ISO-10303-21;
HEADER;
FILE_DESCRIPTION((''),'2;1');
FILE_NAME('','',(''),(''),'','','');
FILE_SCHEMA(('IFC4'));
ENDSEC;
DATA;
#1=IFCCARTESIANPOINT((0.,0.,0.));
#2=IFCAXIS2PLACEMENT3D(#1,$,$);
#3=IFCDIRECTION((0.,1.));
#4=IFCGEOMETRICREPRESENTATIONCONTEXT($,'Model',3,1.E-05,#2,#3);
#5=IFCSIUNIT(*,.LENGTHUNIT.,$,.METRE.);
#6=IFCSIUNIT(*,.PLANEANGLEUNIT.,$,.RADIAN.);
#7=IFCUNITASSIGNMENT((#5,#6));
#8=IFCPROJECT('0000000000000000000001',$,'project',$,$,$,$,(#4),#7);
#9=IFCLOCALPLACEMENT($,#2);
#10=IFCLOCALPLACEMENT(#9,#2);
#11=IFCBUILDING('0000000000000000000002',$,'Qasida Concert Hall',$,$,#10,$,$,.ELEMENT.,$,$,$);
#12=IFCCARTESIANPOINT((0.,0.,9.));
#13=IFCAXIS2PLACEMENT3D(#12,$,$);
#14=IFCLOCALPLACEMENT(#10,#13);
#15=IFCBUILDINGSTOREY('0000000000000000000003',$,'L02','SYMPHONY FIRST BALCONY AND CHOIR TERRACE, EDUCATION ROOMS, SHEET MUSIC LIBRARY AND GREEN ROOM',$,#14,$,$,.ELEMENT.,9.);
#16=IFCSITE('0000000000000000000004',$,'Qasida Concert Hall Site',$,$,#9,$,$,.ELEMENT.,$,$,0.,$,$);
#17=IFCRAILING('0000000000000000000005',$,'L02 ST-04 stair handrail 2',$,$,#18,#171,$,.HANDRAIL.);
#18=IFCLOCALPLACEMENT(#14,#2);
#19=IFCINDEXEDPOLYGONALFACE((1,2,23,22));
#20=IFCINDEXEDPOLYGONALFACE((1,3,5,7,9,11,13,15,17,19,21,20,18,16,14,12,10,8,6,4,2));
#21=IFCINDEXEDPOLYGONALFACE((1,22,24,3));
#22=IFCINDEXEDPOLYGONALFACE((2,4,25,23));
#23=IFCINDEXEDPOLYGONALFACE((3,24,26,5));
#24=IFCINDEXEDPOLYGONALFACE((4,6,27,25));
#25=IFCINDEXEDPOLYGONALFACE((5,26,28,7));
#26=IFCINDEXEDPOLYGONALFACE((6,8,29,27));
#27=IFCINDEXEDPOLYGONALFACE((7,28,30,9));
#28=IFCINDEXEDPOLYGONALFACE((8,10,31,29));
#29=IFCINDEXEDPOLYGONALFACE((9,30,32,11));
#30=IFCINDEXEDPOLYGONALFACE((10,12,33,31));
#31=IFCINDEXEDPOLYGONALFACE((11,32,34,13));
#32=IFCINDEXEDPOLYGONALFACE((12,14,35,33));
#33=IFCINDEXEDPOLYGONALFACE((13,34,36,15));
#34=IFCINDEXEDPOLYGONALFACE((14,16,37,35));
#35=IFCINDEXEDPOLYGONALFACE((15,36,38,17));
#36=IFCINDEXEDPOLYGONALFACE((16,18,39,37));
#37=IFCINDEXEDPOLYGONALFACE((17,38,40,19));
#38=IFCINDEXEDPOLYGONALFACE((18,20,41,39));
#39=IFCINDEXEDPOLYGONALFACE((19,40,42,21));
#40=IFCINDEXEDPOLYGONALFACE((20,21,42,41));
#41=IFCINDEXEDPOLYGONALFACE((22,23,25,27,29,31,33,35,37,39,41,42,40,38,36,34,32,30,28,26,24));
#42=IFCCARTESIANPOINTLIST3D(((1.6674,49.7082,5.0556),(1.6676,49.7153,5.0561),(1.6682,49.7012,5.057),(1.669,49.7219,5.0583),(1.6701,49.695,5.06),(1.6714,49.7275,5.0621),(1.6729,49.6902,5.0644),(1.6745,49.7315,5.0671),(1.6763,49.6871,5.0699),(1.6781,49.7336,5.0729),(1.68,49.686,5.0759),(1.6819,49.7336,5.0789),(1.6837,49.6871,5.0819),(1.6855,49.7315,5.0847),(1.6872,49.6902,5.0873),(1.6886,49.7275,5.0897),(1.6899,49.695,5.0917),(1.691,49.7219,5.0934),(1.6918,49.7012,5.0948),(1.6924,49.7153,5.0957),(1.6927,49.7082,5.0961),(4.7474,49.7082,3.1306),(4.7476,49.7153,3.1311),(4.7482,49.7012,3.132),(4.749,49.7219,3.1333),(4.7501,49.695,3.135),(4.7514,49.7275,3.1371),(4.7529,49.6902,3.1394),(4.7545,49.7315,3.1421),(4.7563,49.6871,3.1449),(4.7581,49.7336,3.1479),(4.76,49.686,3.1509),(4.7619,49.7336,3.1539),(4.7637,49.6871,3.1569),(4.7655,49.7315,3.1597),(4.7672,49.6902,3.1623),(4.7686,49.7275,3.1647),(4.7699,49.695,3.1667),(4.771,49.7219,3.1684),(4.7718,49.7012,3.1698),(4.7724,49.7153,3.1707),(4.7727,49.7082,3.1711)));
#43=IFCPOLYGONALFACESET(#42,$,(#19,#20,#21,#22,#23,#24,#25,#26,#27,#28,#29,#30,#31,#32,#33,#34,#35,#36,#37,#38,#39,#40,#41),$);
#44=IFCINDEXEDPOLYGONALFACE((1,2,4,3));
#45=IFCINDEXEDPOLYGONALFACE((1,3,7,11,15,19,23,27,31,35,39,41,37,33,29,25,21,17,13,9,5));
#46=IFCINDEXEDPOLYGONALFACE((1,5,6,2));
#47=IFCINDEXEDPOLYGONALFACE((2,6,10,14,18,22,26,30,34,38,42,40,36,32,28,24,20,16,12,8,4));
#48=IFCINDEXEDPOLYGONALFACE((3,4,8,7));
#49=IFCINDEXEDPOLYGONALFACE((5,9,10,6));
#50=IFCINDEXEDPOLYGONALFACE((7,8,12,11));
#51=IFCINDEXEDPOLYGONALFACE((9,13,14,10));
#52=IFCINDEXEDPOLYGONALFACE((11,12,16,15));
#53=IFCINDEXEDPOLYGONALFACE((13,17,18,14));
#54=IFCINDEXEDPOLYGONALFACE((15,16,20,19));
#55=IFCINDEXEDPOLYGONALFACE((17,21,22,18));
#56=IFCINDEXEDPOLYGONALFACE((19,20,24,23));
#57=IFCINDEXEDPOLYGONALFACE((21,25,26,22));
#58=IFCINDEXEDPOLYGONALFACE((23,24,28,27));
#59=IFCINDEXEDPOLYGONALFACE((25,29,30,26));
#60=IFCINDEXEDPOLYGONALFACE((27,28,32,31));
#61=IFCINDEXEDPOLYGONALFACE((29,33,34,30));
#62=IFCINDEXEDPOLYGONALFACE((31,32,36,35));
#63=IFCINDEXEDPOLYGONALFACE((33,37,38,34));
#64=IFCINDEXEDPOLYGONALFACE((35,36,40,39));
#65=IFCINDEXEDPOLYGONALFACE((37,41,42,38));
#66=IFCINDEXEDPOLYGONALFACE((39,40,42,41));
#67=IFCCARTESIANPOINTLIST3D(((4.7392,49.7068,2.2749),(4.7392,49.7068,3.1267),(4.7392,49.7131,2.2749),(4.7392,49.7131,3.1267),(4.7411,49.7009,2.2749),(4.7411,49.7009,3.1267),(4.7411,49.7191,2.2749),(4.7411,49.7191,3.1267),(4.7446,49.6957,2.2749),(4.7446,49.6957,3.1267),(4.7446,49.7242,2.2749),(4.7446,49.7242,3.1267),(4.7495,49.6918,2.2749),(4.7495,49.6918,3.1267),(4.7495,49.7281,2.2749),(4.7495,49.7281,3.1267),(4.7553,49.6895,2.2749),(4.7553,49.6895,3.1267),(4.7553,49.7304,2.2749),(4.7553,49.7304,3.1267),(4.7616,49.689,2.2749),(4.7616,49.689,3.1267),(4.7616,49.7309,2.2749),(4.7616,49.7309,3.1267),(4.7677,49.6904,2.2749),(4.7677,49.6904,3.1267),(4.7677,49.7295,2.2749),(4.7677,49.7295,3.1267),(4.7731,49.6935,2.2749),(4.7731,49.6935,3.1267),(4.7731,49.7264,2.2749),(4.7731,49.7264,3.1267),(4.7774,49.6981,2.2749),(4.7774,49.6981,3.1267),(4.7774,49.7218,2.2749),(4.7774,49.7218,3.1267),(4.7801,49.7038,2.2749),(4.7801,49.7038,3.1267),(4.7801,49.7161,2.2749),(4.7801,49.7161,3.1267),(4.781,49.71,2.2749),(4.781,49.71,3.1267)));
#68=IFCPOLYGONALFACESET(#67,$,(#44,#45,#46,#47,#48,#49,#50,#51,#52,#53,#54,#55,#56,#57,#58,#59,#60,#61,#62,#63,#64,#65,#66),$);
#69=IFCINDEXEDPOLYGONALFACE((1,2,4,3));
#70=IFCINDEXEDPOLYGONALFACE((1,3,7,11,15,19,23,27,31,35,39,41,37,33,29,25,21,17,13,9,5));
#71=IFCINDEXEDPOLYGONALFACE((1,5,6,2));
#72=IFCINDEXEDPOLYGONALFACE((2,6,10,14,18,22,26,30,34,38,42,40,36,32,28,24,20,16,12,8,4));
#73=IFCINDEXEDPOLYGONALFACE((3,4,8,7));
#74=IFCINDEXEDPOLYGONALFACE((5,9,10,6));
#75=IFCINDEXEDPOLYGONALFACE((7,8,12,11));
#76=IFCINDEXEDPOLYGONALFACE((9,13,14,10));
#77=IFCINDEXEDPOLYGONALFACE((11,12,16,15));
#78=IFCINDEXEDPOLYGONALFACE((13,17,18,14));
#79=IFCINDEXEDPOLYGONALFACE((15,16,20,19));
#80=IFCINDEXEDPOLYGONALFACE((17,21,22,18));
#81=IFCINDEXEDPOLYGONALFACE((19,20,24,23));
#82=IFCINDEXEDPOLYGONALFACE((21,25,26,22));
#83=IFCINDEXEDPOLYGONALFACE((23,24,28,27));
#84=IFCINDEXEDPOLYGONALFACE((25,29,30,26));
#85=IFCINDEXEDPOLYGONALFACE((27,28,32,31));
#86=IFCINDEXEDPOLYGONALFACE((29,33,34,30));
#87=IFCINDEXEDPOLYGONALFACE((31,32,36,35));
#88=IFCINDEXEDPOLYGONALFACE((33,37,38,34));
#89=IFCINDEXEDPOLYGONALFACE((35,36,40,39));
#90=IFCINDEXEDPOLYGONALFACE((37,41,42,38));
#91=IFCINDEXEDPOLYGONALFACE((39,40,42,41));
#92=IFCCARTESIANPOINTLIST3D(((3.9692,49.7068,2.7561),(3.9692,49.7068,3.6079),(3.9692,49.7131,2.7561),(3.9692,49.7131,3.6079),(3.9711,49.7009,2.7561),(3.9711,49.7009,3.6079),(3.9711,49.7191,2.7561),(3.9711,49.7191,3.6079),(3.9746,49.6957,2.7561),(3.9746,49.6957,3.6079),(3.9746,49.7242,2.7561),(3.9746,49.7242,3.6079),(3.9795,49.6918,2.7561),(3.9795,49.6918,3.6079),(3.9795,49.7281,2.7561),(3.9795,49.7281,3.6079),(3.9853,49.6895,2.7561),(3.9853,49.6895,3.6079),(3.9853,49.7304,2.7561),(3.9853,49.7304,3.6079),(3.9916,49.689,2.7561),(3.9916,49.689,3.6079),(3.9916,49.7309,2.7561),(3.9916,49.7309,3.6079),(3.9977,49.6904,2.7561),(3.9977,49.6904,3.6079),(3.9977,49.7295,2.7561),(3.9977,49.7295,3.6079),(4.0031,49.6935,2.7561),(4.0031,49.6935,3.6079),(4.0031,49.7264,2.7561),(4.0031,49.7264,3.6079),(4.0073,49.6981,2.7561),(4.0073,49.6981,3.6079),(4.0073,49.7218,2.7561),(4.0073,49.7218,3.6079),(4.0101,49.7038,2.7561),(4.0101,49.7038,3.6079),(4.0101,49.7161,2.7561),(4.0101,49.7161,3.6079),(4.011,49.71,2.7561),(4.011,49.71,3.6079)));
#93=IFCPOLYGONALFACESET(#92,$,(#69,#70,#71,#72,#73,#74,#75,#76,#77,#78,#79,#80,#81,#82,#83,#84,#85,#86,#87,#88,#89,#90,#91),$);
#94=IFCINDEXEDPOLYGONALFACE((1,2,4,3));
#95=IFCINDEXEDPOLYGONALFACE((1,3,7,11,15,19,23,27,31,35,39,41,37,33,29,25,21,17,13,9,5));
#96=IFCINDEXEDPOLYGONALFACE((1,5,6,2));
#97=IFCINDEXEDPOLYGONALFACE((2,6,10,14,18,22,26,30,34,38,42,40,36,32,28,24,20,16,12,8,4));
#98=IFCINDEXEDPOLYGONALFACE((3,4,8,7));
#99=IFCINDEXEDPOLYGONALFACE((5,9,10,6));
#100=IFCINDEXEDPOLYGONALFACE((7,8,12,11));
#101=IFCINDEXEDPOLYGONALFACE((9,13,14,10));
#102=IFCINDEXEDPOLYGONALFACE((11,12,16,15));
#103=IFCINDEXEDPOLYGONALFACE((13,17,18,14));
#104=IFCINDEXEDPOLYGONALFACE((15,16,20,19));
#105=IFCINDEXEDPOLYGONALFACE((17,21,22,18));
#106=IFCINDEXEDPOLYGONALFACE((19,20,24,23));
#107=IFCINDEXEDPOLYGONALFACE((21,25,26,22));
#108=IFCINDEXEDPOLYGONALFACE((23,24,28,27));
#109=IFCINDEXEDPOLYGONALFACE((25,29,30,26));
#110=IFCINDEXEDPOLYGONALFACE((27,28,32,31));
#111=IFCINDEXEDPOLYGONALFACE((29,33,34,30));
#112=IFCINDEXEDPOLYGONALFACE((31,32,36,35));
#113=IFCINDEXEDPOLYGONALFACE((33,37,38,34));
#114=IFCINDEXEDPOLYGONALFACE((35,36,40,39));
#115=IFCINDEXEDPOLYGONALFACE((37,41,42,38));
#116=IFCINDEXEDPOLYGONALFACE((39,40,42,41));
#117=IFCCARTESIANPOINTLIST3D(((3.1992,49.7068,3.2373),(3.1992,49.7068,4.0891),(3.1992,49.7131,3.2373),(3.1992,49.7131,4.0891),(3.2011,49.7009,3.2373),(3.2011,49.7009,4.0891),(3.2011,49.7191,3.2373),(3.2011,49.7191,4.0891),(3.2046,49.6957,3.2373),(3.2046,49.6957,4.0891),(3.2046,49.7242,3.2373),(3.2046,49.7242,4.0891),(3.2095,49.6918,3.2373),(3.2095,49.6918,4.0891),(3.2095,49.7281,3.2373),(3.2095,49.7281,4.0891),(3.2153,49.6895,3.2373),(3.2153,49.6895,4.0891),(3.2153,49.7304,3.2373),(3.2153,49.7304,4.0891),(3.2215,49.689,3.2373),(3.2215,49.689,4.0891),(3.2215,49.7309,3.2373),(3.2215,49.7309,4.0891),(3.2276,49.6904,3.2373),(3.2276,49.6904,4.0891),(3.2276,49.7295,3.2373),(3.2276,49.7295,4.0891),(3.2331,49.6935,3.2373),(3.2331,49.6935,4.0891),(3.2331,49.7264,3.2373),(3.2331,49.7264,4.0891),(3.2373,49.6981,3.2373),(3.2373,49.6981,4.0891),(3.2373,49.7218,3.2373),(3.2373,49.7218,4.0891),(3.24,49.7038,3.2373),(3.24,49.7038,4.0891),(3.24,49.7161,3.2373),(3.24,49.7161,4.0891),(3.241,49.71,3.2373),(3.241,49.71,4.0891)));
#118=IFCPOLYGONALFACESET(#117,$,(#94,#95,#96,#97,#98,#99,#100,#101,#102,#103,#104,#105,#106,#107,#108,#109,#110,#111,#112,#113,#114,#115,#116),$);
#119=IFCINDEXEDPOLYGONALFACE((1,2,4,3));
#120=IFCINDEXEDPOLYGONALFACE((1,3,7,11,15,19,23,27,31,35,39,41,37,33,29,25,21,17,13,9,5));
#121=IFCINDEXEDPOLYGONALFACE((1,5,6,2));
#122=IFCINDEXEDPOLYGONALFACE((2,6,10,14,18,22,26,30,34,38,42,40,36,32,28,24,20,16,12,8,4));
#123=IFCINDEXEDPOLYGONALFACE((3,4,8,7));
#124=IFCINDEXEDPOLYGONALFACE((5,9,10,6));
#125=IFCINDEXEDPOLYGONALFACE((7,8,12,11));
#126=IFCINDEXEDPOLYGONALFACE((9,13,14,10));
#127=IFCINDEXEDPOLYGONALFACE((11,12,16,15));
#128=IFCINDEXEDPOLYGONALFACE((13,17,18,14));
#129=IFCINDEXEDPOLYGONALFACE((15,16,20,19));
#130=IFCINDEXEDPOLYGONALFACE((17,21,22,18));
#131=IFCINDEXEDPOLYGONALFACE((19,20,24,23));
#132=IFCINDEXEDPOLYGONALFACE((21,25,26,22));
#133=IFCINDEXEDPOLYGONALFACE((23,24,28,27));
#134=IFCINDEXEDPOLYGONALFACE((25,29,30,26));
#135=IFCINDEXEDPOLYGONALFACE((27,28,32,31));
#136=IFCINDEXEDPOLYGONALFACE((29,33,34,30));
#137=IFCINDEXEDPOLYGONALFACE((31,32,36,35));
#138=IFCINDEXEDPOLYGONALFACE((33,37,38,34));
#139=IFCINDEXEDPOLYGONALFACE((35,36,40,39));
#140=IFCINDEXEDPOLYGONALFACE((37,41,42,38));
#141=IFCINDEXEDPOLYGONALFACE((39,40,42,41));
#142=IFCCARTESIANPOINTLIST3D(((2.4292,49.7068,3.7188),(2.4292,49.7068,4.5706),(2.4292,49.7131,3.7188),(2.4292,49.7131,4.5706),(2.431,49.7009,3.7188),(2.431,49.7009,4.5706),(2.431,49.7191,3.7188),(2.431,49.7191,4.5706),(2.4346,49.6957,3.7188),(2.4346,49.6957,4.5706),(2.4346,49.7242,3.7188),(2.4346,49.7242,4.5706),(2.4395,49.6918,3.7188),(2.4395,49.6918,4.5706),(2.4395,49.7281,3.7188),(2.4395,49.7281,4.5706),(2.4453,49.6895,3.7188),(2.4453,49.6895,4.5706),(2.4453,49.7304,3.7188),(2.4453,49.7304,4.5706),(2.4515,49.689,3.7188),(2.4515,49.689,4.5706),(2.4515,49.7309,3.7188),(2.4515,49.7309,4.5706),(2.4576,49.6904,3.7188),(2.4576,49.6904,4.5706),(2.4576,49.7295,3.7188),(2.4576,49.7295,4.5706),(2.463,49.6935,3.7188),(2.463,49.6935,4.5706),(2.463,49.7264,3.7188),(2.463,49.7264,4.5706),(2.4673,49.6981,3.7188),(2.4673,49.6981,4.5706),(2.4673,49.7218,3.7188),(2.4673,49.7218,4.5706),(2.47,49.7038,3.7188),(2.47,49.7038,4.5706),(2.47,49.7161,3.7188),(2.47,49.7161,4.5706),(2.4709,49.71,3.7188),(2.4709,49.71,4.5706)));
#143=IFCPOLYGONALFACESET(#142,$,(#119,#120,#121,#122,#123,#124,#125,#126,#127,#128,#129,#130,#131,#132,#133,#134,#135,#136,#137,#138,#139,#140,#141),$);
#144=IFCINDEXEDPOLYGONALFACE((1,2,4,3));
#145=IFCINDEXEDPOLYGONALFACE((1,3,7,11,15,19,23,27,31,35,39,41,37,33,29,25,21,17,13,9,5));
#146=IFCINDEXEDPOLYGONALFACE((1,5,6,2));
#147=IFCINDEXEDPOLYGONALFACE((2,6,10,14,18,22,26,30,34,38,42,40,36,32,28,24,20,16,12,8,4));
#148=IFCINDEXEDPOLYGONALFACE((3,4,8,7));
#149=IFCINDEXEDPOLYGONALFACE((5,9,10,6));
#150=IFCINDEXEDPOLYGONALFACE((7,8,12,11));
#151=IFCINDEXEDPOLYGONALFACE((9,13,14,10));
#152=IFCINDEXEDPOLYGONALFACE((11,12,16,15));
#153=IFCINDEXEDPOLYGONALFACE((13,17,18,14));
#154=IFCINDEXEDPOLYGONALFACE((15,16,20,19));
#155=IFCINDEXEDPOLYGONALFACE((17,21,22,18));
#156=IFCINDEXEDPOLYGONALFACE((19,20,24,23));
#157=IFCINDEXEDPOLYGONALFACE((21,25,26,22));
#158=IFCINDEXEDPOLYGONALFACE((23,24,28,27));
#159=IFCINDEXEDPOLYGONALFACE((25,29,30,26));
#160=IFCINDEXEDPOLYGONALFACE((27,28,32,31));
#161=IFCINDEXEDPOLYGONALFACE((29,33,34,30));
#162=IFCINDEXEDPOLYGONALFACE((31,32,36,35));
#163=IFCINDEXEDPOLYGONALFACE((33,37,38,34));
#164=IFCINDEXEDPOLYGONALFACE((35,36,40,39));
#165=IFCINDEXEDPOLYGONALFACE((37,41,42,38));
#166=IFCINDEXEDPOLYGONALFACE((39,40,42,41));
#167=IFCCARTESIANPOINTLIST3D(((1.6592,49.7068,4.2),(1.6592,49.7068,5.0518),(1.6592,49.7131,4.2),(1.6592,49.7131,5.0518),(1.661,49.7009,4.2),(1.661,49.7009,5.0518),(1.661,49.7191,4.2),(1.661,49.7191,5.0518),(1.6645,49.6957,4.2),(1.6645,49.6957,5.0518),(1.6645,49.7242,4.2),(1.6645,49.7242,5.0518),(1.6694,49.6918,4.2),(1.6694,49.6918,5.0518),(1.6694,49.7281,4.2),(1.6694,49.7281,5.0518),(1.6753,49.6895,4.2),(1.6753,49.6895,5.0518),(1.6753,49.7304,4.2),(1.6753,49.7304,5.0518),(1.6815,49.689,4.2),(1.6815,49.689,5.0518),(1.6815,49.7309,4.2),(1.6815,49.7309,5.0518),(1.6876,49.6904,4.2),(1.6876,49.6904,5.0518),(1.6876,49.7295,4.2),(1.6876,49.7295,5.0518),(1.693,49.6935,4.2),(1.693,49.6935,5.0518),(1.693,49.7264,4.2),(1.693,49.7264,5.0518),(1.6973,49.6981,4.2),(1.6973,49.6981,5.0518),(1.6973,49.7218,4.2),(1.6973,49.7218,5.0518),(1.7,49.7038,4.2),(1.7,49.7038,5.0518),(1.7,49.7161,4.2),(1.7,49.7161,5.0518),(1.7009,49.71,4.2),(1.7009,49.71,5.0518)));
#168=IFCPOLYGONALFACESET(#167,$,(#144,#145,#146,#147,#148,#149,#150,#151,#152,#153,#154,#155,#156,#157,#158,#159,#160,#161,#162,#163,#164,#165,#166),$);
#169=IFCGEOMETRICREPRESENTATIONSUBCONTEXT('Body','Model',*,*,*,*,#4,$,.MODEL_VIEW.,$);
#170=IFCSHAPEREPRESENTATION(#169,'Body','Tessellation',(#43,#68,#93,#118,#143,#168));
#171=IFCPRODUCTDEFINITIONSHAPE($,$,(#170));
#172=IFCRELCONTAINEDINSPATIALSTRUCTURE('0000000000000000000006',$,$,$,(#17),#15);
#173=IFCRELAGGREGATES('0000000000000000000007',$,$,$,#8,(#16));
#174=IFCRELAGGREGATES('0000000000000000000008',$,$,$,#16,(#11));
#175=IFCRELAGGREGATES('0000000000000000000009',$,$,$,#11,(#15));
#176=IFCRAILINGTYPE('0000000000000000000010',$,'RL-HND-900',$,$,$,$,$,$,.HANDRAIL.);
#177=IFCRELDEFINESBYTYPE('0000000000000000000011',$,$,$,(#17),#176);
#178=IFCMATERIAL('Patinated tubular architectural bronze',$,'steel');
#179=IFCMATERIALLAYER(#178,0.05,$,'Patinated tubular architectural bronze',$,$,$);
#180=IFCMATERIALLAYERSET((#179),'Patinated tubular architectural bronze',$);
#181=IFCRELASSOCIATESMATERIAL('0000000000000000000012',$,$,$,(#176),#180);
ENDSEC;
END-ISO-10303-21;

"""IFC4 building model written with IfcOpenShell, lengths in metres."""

from ifc_helpers import new_model, si_unit, direction, frame, origin, origin_2d, place, context, subcontext, project, spatial, circle, extrude, material, layer, layer_set, type_object, element, save


model = new_model("IFC4")

# Units and contexts
model_context = context("Model", 3, precision=1e-05, world=origin(), true_north=direction((0.0, 1.0)))
body_context = subcontext(model_context, "Body", "Model", "MODEL_VIEW")
ifc_project = project(units=[si_unit("LENGTHUNIT", "METRE"), si_unit("PLANEANGLEUNIT", "RADIAN")], contexts=[model_context])

# Site, building, storey
site_placement = place(None, origin())
site = spatial("IfcSite", under=ifc_project, at=site_placement, Name="Qasida Concert Hall Site", CompositionType="ELEMENT", RefElevation=0.0)
building_placement = place(site_placement, origin())
building = spatial("IfcBuilding", under=site, at=building_placement, Name="Qasida Concert Hall", CompositionType="ELEMENT")
storey_placement = place(building_placement, frame((0.0, 0.0, 9.0)))
storey = spatial("IfcBuildingStorey", under=building, at=storey_placement, Name="L02", Description="SYMPHONY FIRST BALCONY AND CHOIR TERRACE, EDUCATION ROOMS, SHEET MUSIC LIBRARY AND GREEN ROOM", CompositionType="ELEMENT", Elevation=9.0)

# Railing
ifc_material_1 = material(Name="Patinated tubular architectural bronze", Category="steel")
ifc_layer_1 = layer(ifc_material_1, 0.05, Name="Patinated tubular architectural bronze")
ifc_layer_set_1 = layer_set([ifc_layer_1], Name="Patinated tubular architectural bronze")
railing_type_1 = type_object("IfcRailingType", Name="RL-HND-900", PredefinedType="HANDRAIL", material=ifc_layer_set_1)
railing_1_placement = place(storey_placement, frame((4.76, 49.71, 2.2749)))
element("IfcRailing", 1, at=railing_1_placement, inside=storey, type_object=railing_type_1, Name="L02 ST-04 stair handrail 2", PredefinedType="HANDRAIL", context=body_context, shape_type="SweptSolid", body=[
    extrude(circle(Radius=0.0239, at=origin_2d()), frame((0.0, 0.0, 0.876), z_axis=(-0.847998, 0.0, 0.529999), x_axis=(0.0, -1.0, 0.0)), (0.0, 0.0, 1.0), 3.6321),
    extrude(circle(Radius=0.021, at=origin_2d()), origin(), (0.0, 0.0, 1.0), 0.8518),
    extrude(circle(Radius=0.021, at=origin_2d()), frame((-0.77, 0.0, 0.4812)), (0.0, 0.0, 1.0), 0.8518),
    extrude(circle(Radius=0.021, at=origin_2d()), frame((-1.54, 0.0, 0.9624)), (0.0, 0.0, 1.0), 0.8518),
    extrude(circle(Radius=0.021, at=origin_2d()), frame((-2.3101, 0.0, 1.4438)), (0.0, 0.0, 1.0), 0.8518),
    extrude(circle(Radius=0.021, at=origin_2d()), frame((-3.0801, 0.0, 1.925)), (0.0, 0.0, 1.0), 0.8518),
])

save(model, "model.ifc")
